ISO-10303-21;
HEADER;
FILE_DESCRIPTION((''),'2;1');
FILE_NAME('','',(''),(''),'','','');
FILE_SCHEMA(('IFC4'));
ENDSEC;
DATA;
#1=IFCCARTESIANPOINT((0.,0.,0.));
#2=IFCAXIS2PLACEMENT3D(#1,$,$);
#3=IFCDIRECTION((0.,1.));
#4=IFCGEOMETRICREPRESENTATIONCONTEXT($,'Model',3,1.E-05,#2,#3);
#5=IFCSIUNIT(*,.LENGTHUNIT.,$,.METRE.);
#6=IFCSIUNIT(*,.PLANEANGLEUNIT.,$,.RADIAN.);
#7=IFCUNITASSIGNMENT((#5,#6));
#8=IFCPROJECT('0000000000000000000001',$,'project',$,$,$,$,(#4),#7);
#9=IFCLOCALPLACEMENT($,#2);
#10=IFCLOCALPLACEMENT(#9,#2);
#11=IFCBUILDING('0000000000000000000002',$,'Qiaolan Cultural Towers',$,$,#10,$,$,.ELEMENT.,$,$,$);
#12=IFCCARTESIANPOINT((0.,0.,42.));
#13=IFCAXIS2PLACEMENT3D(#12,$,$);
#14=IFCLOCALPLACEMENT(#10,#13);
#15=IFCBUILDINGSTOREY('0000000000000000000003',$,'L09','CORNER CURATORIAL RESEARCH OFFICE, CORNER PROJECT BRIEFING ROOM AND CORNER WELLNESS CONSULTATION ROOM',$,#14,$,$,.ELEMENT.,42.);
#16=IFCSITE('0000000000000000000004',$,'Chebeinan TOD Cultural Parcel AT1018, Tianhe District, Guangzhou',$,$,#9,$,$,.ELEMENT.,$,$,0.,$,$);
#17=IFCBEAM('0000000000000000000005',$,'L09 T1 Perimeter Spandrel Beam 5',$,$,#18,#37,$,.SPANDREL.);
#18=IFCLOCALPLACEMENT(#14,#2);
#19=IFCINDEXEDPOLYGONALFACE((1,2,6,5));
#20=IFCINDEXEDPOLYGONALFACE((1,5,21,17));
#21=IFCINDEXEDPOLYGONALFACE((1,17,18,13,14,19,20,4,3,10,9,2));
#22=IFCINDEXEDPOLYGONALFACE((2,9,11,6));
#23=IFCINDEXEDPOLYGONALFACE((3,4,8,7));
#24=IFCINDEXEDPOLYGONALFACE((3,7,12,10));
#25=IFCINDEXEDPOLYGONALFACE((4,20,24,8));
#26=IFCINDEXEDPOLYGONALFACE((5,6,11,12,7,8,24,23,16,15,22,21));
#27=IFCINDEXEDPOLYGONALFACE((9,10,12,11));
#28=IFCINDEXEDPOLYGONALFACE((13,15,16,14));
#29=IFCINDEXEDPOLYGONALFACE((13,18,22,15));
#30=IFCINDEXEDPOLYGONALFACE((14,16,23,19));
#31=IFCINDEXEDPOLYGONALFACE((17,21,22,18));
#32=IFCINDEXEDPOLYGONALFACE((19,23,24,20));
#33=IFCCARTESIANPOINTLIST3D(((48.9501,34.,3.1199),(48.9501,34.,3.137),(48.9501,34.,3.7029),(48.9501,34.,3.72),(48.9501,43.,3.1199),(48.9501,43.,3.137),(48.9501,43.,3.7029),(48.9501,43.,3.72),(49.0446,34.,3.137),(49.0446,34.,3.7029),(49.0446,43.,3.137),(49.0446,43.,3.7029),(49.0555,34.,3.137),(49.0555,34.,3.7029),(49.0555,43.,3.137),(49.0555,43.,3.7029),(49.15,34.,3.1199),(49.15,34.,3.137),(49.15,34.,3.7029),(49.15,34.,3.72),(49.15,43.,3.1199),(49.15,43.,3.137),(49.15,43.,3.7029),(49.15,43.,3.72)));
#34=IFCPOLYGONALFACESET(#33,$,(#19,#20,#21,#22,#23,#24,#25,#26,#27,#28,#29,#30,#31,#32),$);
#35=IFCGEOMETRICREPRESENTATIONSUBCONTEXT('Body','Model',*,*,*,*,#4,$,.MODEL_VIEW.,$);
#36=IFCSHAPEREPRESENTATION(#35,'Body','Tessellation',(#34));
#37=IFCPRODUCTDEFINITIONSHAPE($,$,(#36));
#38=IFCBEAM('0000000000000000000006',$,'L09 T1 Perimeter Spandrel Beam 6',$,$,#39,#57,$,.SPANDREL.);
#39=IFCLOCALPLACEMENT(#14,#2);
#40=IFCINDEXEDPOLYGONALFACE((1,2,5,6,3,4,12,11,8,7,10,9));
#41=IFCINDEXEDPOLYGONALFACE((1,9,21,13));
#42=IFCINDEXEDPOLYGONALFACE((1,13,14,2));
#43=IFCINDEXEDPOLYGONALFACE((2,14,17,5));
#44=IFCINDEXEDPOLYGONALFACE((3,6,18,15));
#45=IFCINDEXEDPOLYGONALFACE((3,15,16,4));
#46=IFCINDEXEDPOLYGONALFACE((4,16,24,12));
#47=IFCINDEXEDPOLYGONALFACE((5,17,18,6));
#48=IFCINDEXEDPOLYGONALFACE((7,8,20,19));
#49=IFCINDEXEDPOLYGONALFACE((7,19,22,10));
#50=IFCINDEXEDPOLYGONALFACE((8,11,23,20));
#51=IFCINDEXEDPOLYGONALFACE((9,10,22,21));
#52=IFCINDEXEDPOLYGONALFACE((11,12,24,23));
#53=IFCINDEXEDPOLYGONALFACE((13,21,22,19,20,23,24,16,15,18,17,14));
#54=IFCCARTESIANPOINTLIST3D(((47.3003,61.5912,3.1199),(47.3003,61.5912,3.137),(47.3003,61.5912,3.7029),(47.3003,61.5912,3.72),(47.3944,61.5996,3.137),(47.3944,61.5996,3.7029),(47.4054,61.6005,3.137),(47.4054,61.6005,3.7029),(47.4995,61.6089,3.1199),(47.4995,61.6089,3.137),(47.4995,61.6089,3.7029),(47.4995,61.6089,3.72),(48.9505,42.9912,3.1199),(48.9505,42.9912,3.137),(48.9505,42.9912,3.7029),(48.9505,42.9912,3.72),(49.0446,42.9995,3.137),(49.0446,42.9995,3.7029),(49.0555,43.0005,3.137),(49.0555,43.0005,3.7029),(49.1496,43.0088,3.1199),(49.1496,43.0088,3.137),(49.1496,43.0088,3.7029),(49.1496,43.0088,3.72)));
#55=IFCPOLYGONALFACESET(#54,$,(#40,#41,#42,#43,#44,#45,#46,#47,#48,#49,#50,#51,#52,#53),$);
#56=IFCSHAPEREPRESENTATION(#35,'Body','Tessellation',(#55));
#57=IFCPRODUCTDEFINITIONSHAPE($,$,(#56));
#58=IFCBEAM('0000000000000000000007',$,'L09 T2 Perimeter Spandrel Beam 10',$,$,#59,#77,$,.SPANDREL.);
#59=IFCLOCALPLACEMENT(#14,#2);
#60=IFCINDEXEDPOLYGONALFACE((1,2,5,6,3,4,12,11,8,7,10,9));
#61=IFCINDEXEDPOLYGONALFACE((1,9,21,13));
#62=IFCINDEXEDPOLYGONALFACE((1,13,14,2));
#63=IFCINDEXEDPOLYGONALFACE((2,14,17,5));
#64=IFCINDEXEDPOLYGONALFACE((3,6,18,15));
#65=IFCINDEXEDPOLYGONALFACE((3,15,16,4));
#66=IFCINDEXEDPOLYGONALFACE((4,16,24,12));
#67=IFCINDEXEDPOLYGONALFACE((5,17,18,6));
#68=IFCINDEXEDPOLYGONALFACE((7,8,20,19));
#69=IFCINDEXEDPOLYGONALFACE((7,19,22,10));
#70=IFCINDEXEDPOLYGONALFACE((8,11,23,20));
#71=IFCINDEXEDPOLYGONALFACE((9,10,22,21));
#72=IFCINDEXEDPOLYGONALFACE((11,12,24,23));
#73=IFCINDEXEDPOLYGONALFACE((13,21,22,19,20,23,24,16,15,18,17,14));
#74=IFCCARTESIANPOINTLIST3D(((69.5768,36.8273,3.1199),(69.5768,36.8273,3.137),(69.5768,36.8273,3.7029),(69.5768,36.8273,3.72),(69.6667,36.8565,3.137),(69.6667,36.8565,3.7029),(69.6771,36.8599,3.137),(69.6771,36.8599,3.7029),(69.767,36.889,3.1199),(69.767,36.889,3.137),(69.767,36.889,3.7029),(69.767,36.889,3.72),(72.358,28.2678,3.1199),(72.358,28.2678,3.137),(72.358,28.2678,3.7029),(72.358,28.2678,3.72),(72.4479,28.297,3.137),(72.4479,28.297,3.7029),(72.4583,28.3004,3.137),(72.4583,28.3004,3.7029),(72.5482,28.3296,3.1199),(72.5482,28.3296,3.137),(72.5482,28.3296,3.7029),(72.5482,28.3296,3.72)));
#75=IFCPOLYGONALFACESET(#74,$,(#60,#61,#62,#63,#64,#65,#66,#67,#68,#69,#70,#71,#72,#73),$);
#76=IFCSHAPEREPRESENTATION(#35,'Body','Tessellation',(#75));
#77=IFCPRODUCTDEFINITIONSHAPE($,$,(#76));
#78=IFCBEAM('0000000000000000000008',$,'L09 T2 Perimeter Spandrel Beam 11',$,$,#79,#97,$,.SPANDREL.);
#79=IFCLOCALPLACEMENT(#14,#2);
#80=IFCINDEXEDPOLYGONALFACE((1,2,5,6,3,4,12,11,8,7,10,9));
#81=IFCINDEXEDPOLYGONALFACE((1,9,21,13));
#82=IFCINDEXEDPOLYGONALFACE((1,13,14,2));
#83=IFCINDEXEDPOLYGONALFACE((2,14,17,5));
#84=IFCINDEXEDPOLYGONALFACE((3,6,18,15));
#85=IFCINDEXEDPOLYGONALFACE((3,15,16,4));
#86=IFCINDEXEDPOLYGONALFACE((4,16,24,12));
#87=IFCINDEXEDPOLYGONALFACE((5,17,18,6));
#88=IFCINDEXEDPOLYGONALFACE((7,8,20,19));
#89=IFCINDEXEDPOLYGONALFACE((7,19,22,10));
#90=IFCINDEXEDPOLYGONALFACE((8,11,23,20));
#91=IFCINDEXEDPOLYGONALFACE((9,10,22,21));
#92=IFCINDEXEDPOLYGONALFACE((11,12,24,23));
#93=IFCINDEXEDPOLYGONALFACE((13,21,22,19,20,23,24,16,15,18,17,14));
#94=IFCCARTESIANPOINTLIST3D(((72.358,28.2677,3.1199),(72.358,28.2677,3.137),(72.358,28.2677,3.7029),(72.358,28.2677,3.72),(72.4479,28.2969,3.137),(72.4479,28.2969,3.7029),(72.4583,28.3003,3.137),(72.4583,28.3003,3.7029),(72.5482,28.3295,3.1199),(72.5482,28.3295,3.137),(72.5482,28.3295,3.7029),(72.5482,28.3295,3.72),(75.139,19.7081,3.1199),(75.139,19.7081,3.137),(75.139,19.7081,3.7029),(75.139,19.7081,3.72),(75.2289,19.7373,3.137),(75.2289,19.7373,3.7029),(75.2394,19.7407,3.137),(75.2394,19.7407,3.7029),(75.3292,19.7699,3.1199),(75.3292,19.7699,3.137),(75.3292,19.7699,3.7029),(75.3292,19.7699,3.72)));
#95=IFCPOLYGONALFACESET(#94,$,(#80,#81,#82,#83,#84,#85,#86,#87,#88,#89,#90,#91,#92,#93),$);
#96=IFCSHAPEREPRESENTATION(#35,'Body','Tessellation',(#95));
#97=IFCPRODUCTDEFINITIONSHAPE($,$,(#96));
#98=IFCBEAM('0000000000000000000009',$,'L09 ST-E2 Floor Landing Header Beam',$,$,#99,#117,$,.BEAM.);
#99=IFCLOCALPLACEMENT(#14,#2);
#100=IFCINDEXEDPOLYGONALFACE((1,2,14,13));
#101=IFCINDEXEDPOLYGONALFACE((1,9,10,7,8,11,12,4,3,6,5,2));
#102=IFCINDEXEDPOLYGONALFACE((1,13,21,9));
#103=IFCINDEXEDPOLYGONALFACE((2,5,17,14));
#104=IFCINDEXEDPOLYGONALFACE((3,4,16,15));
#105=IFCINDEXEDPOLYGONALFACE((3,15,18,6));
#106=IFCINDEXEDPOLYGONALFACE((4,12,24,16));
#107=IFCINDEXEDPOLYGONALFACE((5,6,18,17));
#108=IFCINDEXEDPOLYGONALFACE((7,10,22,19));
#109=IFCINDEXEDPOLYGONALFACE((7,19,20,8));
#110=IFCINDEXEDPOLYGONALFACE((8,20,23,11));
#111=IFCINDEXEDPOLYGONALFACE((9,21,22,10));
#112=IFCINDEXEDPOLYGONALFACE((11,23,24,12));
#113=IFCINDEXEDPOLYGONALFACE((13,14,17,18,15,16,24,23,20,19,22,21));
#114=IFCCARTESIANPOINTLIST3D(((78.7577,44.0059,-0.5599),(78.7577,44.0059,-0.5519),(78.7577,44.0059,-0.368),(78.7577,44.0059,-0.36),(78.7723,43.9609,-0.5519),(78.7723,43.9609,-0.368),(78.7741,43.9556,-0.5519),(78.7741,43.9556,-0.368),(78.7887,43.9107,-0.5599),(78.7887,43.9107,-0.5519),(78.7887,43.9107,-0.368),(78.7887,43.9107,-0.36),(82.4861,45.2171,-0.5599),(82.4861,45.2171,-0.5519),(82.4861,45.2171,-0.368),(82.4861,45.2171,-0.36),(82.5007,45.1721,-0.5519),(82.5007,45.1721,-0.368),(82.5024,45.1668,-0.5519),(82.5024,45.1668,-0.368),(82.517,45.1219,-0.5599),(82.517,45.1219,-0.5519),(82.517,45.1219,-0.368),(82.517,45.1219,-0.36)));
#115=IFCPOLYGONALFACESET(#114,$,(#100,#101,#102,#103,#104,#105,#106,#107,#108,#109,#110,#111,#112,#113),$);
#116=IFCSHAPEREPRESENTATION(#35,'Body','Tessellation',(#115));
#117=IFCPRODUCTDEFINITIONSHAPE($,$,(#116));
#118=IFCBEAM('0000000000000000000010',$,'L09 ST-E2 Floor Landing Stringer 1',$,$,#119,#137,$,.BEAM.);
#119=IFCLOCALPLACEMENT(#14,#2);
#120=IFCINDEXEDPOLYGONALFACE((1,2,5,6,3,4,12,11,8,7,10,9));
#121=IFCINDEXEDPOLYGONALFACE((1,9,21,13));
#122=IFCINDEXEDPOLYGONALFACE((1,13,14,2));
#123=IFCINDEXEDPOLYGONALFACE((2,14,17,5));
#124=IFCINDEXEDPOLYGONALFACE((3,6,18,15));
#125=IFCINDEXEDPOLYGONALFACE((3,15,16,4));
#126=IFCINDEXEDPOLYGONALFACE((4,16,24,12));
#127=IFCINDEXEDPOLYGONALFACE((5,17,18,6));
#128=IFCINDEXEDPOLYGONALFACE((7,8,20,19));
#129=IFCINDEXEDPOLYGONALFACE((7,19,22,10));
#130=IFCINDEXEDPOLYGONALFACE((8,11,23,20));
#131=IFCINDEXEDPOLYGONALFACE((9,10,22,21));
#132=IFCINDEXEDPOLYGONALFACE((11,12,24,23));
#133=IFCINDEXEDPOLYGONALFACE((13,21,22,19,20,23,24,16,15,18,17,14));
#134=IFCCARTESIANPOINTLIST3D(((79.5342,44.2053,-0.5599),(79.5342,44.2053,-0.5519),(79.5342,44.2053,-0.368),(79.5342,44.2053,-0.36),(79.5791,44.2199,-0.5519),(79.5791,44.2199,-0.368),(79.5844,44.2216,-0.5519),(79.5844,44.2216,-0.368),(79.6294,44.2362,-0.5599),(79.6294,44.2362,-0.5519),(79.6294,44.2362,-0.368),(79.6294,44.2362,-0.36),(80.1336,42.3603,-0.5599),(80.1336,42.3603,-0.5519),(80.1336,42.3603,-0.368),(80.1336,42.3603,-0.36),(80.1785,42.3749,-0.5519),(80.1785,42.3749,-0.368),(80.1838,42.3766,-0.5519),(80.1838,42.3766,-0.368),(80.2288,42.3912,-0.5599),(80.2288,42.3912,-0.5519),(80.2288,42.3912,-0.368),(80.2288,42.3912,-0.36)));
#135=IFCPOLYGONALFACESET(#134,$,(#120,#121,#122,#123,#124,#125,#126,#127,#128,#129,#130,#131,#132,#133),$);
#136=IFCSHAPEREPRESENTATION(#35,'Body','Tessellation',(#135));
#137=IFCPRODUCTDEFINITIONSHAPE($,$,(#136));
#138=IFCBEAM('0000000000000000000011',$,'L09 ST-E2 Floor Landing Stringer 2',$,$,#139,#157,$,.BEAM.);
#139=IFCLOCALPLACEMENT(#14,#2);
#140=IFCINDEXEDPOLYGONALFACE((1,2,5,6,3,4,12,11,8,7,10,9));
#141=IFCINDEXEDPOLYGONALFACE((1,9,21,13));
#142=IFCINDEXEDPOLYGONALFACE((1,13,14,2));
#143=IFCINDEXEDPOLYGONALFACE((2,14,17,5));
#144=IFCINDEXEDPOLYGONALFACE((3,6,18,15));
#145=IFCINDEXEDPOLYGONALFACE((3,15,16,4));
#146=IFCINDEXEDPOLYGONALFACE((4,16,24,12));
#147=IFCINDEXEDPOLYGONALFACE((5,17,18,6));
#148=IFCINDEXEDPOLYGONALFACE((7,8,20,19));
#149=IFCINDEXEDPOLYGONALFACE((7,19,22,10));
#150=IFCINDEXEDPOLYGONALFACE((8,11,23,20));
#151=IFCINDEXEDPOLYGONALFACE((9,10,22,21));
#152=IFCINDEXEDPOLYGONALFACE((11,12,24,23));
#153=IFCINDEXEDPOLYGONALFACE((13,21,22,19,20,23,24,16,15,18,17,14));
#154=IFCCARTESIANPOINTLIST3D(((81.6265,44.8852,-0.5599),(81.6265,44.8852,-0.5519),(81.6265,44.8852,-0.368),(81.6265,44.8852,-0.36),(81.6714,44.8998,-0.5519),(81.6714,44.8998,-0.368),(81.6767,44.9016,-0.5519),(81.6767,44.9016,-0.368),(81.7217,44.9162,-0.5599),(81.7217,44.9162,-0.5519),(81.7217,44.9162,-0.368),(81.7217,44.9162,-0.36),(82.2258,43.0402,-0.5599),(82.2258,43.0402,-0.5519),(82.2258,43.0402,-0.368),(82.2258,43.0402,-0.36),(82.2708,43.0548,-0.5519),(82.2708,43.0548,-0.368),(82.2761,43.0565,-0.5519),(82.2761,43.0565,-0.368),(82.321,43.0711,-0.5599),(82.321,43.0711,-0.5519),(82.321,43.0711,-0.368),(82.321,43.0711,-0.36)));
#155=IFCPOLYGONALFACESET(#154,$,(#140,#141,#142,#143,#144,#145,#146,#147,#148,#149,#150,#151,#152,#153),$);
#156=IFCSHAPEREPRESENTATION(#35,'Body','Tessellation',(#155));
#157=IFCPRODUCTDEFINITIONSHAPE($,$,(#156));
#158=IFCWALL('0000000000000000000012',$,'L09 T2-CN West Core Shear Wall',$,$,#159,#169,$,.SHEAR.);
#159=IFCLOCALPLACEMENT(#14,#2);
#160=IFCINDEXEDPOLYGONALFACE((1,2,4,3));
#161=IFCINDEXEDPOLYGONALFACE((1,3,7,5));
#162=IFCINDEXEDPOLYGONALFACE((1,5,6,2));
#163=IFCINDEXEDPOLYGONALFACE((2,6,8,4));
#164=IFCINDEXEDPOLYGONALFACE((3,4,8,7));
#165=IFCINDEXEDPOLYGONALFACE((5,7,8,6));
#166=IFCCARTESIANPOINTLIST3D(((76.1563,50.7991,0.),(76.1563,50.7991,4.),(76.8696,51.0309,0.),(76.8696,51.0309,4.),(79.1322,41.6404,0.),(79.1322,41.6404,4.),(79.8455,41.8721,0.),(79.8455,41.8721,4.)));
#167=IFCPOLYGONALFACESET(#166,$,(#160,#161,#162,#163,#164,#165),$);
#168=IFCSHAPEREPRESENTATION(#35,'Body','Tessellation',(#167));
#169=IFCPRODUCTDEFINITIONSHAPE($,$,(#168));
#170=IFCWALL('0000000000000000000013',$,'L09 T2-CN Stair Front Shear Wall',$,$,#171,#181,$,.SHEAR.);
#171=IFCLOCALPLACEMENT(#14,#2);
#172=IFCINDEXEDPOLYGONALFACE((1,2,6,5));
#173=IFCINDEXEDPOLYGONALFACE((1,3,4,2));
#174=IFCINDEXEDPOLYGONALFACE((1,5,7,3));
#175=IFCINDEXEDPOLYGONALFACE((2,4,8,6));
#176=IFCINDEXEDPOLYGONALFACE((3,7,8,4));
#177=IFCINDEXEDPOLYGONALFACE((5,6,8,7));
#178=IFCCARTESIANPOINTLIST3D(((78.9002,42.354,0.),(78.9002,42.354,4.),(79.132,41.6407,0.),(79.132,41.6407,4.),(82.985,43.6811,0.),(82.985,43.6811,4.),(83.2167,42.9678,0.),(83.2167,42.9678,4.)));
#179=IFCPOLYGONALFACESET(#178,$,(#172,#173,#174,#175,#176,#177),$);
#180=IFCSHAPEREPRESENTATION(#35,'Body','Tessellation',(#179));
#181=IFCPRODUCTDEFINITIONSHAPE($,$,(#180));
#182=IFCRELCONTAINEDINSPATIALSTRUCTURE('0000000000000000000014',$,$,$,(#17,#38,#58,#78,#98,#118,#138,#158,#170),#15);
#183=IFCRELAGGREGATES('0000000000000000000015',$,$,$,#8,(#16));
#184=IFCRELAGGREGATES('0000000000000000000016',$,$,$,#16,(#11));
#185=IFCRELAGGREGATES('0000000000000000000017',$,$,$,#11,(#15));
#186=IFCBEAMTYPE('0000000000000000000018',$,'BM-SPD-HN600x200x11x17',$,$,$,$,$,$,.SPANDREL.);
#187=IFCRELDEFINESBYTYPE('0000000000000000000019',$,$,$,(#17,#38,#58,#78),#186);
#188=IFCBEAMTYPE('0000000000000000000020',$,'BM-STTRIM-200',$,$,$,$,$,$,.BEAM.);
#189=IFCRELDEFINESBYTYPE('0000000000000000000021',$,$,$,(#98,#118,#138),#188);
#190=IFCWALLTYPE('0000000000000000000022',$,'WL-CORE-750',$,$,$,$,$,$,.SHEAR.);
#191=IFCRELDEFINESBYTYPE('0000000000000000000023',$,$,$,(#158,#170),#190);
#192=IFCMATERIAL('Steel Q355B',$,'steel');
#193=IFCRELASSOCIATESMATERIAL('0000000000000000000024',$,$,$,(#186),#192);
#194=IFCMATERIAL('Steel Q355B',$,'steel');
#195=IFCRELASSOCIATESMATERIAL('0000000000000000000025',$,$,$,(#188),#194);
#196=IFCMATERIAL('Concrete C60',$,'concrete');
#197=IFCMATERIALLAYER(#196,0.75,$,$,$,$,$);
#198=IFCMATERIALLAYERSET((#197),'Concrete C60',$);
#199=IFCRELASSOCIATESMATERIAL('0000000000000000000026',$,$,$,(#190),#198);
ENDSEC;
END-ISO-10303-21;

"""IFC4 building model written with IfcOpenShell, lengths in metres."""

from ifc_helpers import new_model, si_unit, direction, frame, frame_2d, origin, origin_2d, place, context, subcontext, project, spatial, rectangle, i_section, extrude, material, layer, layer_set, material_profile, profile_set, type_object, element, save


model = new_model("IFC4")

# Units and contexts
model_context = context("Model", 3, precision=1e-05, world=origin(), true_north=direction((0.0, 1.0)))
body_context = subcontext(model_context, "Body", "Model", "MODEL_VIEW")
ifc_project = project(units=[si_unit("LENGTHUNIT", "METRE"), si_unit("PLANEANGLEUNIT", "RADIAN")], contexts=[model_context])

# Site, building, storey
site_placement = place(None, origin())
site = spatial("IfcSite", under=ifc_project, at=site_placement, Name="Chebeinan TOD Cultural Parcel AT1018, Tianhe District, Guangzhou", CompositionType="ELEMENT", RefElevation=0.0)
building_placement = place(site_placement, origin())
building = spatial("IfcBuilding", under=site, at=building_placement, Name="Qiaolan Cultural Towers", CompositionType="ELEMENT")
storey_placement = place(building_placement, frame((0.0, 0.0, 42.0)))
storey = spatial("IfcBuildingStorey", under=building, at=storey_placement, Name="L09", Description="CORNER CURATORIAL RESEARCH OFFICE, CORNER PROJECT BRIEFING ROOM AND CORNER WELLNESS CONSULTATION ROOM", CompositionType="ELEMENT", Elevation=42.0)

# Beams
ifc_material_1 = material(Name="Steel Q355B", Category="steel")
ifc_material_profile_1 = material_profile(ifc_material_1, i_section(OverallWidth=0.2, OverallDepth=0.6001, WebThickness=0.011, FlangeThickness=0.0171, at=origin_2d()), Name="HN600x200x11x17")
ifc_profile_set_1 = profile_set([ifc_material_profile_1], Name="Steel Q355B")
beam_type_1 = type_object("IfcBeamType", Name="BM-SPD-HN600x200x11x17", PredefinedType="SPANDREL", material=ifc_profile_set_1)
for number, where, z_axis, x_axis, name in (
    (1, (49.05, 34.0, 3.4199), (0.0, 1.0, 0.0), (-1.0, 0.0, 0.0), "L09 T1 Perimeter Spandrel Beam 5"),
):
    element("IfcBeam", number, at=place(storey_placement, frame(where, z_axis=z_axis, x_axis=x_axis)), inside=storey, type_object=beam_type_1, Name=name, PredefinedType="SPANDREL", context=body_context, shape_type="SweptSolid", body=[
        extrude(i_section(OverallWidth=0.2, OverallDepth=0.6001, WebThickness=0.011, FlangeThickness=0.0171, at=origin_2d()), origin(), (0.0, 0.0, 1.0), 9.0),
    ])
beam_1_placement = place(storey_placement, frame((49.05, 43.0, 3.4199), z_axis=(-0.08837, 0.996088, 0.0), x_axis=(-0.996088, -0.08837, 0.0)))
element("IfcBeam", 2, at=beam_1_placement, inside=storey, type_object=beam_type_1, Name="L09 T1 Perimeter Spandrel Beam 6", PredefinedType="SPANDREL", context=body_context, shape_type="SweptSolid", body=[
    extrude(i_section(OverallWidth=0.2, OverallDepth=0.6001, WebThickness=0.011, FlangeThickness=0.0171, at=origin_2d()), origin(), (0.0, 0.0, 1.0), 18.6731),
])
for number, where, z_axis, x_axis, name in (
    (3, (69.6719, 36.8582, 3.4199), (0.309025, -0.951054, 0.0), (0.951054, 0.309025, 0.0), "L09 T2 Perimeter Spandrel Beam 10"),
    (4, (72.4531, 28.2986, 3.4199), (0.309, -0.951062, 0.0), (0.951062, 0.309, 0.0), "L09 T2 Perimeter Spandrel Beam 11"),
):
    element("IfcBeam", number, at=place(storey_placement, frame(where, z_axis=z_axis, x_axis=x_axis)), inside=storey, type_object=beam_type_1, Name=name, PredefinedType="SPANDREL", context=body_context, shape_type="SweptSolid", body=[
        extrude(i_section(OverallWidth=0.2, OverallDepth=0.6001, WebThickness=0.011, FlangeThickness=0.0171, at=origin_2d()), origin(), (0.0, 0.0, 1.0), 9.0),
    ])
ifc_material_2 = material(Name="Steel Q355B", Category="steel")
ifc_material_profile_2 = material_profile(ifc_material_2, i_section(OverallWidth=0.1001, OverallDepth=0.2, WebThickness=0.0056, FlangeThickness=0.0081, at=origin_2d()), Name="HN200x100x5.5x8")
ifc_profile_set_2 = profile_set([ifc_material_profile_2], Name="Steel Q355B")
beam_type_2 = type_object("IfcBeamType", Name="BM-STTRIM-200", PredefinedType="BEAM", material=ifc_profile_set_2)
beam_2_placement = place(storey_placement, frame((78.7732, 43.9583, -0.46), z_axis=(0.951072, 0.308969, 0.0), x_axis=(-0.308969, 0.951072, 0.0)))
element("IfcBeam", 5, at=beam_2_placement, inside=storey, type_object=beam_type_2, Name="L09 ST-E2 Floor Landing Header Beam", PredefinedType="BEAM", context=body_context, shape_type="SweptSolid", body=[
    extrude(i_section(OverallWidth=0.1001, OverallDepth=0.2, WebThickness=0.0056, FlangeThickness=0.0081, at=origin_2d()), origin(), (0.0, 0.0, 1.0), 3.9202),
])
for number, where, z_axis, x_axis, name in (
    (6, (80.1812, 42.3757, -0.46), (-0.308969, 0.951072, 0.0), (-0.951072, -0.308969, 0.0), "L09 ST-E2 Floor Landing Stringer 1"),
    (7, (82.2734, 43.0557, -0.46), (-0.308969, 0.951072, 0.0), (-0.951072, -0.308969, 0.0), "L09 ST-E2 Floor Landing Stringer 2"),
):
    element("IfcBeam", number, at=place(storey_placement, frame(where, z_axis=z_axis, x_axis=x_axis)), inside=storey, type_object=beam_type_2, Name=name, PredefinedType="BEAM", context=body_context, shape_type="SweptSolid", body=[
        extrude(i_section(OverallWidth=0.1001, OverallDepth=0.2, WebThickness=0.0056, FlangeThickness=0.0081, at=origin_2d()), origin(), (0.0, 0.0, 1.0), 1.9399),
    ])

# Walls
ifc_material_3 = material(Name="Concrete C60", Category="concrete")
ifc_layer_1 = layer(ifc_material_3, 0.75)
ifc_layer_set_1 = layer_set([ifc_layer_1], Name="Concrete C60")
wall_type_1 = type_object("IfcWallType", Name="WL-CORE-750", PredefinedType="SHEAR", material=ifc_layer_set_1)
wall_1_placement = place(storey_placement, frame((79.4888, 41.7563, 0.0), z_axis=(0.0, 0.0, 1.0), x_axis=(-0.309016, 0.951057, 0.0)))
element("IfcWall", 8, at=wall_1_placement, inside=storey, type_object=wall_type_1, Name="L09 T2-CN West Core Shear Wall", PredefinedType="SHEAR", context=body_context, shape_type="SweptSolid", body=[
    extrude(rectangle(XDim=9.6301, YDim=0.75, at=frame_2d((4.8149, 0.0))), origin(), (0.0, 0.0, 1.0), 4.0),
])
wall_2_placement = place(storey_placement, frame((79.0161, 41.9973, 0.0), z_axis=(0.0, 0.0, 1.0), x_axis=(0.95106, 0.309005, 0.0)))
element("IfcWall", 9, at=wall_2_placement, inside=storey, type_object=wall_type_1, Name="L09 T2-CN Stair Front Shear Wall", PredefinedType="SHEAR", context=body_context, shape_type="SweptSolid", body=[
    extrude(rectangle(XDim=4.2949, YDim=0.75, at=frame_2d((2.1475, 0.0))), origin(), (0.0, 0.0, 1.0), 4.0),
])

save(model, "model.ifc")
